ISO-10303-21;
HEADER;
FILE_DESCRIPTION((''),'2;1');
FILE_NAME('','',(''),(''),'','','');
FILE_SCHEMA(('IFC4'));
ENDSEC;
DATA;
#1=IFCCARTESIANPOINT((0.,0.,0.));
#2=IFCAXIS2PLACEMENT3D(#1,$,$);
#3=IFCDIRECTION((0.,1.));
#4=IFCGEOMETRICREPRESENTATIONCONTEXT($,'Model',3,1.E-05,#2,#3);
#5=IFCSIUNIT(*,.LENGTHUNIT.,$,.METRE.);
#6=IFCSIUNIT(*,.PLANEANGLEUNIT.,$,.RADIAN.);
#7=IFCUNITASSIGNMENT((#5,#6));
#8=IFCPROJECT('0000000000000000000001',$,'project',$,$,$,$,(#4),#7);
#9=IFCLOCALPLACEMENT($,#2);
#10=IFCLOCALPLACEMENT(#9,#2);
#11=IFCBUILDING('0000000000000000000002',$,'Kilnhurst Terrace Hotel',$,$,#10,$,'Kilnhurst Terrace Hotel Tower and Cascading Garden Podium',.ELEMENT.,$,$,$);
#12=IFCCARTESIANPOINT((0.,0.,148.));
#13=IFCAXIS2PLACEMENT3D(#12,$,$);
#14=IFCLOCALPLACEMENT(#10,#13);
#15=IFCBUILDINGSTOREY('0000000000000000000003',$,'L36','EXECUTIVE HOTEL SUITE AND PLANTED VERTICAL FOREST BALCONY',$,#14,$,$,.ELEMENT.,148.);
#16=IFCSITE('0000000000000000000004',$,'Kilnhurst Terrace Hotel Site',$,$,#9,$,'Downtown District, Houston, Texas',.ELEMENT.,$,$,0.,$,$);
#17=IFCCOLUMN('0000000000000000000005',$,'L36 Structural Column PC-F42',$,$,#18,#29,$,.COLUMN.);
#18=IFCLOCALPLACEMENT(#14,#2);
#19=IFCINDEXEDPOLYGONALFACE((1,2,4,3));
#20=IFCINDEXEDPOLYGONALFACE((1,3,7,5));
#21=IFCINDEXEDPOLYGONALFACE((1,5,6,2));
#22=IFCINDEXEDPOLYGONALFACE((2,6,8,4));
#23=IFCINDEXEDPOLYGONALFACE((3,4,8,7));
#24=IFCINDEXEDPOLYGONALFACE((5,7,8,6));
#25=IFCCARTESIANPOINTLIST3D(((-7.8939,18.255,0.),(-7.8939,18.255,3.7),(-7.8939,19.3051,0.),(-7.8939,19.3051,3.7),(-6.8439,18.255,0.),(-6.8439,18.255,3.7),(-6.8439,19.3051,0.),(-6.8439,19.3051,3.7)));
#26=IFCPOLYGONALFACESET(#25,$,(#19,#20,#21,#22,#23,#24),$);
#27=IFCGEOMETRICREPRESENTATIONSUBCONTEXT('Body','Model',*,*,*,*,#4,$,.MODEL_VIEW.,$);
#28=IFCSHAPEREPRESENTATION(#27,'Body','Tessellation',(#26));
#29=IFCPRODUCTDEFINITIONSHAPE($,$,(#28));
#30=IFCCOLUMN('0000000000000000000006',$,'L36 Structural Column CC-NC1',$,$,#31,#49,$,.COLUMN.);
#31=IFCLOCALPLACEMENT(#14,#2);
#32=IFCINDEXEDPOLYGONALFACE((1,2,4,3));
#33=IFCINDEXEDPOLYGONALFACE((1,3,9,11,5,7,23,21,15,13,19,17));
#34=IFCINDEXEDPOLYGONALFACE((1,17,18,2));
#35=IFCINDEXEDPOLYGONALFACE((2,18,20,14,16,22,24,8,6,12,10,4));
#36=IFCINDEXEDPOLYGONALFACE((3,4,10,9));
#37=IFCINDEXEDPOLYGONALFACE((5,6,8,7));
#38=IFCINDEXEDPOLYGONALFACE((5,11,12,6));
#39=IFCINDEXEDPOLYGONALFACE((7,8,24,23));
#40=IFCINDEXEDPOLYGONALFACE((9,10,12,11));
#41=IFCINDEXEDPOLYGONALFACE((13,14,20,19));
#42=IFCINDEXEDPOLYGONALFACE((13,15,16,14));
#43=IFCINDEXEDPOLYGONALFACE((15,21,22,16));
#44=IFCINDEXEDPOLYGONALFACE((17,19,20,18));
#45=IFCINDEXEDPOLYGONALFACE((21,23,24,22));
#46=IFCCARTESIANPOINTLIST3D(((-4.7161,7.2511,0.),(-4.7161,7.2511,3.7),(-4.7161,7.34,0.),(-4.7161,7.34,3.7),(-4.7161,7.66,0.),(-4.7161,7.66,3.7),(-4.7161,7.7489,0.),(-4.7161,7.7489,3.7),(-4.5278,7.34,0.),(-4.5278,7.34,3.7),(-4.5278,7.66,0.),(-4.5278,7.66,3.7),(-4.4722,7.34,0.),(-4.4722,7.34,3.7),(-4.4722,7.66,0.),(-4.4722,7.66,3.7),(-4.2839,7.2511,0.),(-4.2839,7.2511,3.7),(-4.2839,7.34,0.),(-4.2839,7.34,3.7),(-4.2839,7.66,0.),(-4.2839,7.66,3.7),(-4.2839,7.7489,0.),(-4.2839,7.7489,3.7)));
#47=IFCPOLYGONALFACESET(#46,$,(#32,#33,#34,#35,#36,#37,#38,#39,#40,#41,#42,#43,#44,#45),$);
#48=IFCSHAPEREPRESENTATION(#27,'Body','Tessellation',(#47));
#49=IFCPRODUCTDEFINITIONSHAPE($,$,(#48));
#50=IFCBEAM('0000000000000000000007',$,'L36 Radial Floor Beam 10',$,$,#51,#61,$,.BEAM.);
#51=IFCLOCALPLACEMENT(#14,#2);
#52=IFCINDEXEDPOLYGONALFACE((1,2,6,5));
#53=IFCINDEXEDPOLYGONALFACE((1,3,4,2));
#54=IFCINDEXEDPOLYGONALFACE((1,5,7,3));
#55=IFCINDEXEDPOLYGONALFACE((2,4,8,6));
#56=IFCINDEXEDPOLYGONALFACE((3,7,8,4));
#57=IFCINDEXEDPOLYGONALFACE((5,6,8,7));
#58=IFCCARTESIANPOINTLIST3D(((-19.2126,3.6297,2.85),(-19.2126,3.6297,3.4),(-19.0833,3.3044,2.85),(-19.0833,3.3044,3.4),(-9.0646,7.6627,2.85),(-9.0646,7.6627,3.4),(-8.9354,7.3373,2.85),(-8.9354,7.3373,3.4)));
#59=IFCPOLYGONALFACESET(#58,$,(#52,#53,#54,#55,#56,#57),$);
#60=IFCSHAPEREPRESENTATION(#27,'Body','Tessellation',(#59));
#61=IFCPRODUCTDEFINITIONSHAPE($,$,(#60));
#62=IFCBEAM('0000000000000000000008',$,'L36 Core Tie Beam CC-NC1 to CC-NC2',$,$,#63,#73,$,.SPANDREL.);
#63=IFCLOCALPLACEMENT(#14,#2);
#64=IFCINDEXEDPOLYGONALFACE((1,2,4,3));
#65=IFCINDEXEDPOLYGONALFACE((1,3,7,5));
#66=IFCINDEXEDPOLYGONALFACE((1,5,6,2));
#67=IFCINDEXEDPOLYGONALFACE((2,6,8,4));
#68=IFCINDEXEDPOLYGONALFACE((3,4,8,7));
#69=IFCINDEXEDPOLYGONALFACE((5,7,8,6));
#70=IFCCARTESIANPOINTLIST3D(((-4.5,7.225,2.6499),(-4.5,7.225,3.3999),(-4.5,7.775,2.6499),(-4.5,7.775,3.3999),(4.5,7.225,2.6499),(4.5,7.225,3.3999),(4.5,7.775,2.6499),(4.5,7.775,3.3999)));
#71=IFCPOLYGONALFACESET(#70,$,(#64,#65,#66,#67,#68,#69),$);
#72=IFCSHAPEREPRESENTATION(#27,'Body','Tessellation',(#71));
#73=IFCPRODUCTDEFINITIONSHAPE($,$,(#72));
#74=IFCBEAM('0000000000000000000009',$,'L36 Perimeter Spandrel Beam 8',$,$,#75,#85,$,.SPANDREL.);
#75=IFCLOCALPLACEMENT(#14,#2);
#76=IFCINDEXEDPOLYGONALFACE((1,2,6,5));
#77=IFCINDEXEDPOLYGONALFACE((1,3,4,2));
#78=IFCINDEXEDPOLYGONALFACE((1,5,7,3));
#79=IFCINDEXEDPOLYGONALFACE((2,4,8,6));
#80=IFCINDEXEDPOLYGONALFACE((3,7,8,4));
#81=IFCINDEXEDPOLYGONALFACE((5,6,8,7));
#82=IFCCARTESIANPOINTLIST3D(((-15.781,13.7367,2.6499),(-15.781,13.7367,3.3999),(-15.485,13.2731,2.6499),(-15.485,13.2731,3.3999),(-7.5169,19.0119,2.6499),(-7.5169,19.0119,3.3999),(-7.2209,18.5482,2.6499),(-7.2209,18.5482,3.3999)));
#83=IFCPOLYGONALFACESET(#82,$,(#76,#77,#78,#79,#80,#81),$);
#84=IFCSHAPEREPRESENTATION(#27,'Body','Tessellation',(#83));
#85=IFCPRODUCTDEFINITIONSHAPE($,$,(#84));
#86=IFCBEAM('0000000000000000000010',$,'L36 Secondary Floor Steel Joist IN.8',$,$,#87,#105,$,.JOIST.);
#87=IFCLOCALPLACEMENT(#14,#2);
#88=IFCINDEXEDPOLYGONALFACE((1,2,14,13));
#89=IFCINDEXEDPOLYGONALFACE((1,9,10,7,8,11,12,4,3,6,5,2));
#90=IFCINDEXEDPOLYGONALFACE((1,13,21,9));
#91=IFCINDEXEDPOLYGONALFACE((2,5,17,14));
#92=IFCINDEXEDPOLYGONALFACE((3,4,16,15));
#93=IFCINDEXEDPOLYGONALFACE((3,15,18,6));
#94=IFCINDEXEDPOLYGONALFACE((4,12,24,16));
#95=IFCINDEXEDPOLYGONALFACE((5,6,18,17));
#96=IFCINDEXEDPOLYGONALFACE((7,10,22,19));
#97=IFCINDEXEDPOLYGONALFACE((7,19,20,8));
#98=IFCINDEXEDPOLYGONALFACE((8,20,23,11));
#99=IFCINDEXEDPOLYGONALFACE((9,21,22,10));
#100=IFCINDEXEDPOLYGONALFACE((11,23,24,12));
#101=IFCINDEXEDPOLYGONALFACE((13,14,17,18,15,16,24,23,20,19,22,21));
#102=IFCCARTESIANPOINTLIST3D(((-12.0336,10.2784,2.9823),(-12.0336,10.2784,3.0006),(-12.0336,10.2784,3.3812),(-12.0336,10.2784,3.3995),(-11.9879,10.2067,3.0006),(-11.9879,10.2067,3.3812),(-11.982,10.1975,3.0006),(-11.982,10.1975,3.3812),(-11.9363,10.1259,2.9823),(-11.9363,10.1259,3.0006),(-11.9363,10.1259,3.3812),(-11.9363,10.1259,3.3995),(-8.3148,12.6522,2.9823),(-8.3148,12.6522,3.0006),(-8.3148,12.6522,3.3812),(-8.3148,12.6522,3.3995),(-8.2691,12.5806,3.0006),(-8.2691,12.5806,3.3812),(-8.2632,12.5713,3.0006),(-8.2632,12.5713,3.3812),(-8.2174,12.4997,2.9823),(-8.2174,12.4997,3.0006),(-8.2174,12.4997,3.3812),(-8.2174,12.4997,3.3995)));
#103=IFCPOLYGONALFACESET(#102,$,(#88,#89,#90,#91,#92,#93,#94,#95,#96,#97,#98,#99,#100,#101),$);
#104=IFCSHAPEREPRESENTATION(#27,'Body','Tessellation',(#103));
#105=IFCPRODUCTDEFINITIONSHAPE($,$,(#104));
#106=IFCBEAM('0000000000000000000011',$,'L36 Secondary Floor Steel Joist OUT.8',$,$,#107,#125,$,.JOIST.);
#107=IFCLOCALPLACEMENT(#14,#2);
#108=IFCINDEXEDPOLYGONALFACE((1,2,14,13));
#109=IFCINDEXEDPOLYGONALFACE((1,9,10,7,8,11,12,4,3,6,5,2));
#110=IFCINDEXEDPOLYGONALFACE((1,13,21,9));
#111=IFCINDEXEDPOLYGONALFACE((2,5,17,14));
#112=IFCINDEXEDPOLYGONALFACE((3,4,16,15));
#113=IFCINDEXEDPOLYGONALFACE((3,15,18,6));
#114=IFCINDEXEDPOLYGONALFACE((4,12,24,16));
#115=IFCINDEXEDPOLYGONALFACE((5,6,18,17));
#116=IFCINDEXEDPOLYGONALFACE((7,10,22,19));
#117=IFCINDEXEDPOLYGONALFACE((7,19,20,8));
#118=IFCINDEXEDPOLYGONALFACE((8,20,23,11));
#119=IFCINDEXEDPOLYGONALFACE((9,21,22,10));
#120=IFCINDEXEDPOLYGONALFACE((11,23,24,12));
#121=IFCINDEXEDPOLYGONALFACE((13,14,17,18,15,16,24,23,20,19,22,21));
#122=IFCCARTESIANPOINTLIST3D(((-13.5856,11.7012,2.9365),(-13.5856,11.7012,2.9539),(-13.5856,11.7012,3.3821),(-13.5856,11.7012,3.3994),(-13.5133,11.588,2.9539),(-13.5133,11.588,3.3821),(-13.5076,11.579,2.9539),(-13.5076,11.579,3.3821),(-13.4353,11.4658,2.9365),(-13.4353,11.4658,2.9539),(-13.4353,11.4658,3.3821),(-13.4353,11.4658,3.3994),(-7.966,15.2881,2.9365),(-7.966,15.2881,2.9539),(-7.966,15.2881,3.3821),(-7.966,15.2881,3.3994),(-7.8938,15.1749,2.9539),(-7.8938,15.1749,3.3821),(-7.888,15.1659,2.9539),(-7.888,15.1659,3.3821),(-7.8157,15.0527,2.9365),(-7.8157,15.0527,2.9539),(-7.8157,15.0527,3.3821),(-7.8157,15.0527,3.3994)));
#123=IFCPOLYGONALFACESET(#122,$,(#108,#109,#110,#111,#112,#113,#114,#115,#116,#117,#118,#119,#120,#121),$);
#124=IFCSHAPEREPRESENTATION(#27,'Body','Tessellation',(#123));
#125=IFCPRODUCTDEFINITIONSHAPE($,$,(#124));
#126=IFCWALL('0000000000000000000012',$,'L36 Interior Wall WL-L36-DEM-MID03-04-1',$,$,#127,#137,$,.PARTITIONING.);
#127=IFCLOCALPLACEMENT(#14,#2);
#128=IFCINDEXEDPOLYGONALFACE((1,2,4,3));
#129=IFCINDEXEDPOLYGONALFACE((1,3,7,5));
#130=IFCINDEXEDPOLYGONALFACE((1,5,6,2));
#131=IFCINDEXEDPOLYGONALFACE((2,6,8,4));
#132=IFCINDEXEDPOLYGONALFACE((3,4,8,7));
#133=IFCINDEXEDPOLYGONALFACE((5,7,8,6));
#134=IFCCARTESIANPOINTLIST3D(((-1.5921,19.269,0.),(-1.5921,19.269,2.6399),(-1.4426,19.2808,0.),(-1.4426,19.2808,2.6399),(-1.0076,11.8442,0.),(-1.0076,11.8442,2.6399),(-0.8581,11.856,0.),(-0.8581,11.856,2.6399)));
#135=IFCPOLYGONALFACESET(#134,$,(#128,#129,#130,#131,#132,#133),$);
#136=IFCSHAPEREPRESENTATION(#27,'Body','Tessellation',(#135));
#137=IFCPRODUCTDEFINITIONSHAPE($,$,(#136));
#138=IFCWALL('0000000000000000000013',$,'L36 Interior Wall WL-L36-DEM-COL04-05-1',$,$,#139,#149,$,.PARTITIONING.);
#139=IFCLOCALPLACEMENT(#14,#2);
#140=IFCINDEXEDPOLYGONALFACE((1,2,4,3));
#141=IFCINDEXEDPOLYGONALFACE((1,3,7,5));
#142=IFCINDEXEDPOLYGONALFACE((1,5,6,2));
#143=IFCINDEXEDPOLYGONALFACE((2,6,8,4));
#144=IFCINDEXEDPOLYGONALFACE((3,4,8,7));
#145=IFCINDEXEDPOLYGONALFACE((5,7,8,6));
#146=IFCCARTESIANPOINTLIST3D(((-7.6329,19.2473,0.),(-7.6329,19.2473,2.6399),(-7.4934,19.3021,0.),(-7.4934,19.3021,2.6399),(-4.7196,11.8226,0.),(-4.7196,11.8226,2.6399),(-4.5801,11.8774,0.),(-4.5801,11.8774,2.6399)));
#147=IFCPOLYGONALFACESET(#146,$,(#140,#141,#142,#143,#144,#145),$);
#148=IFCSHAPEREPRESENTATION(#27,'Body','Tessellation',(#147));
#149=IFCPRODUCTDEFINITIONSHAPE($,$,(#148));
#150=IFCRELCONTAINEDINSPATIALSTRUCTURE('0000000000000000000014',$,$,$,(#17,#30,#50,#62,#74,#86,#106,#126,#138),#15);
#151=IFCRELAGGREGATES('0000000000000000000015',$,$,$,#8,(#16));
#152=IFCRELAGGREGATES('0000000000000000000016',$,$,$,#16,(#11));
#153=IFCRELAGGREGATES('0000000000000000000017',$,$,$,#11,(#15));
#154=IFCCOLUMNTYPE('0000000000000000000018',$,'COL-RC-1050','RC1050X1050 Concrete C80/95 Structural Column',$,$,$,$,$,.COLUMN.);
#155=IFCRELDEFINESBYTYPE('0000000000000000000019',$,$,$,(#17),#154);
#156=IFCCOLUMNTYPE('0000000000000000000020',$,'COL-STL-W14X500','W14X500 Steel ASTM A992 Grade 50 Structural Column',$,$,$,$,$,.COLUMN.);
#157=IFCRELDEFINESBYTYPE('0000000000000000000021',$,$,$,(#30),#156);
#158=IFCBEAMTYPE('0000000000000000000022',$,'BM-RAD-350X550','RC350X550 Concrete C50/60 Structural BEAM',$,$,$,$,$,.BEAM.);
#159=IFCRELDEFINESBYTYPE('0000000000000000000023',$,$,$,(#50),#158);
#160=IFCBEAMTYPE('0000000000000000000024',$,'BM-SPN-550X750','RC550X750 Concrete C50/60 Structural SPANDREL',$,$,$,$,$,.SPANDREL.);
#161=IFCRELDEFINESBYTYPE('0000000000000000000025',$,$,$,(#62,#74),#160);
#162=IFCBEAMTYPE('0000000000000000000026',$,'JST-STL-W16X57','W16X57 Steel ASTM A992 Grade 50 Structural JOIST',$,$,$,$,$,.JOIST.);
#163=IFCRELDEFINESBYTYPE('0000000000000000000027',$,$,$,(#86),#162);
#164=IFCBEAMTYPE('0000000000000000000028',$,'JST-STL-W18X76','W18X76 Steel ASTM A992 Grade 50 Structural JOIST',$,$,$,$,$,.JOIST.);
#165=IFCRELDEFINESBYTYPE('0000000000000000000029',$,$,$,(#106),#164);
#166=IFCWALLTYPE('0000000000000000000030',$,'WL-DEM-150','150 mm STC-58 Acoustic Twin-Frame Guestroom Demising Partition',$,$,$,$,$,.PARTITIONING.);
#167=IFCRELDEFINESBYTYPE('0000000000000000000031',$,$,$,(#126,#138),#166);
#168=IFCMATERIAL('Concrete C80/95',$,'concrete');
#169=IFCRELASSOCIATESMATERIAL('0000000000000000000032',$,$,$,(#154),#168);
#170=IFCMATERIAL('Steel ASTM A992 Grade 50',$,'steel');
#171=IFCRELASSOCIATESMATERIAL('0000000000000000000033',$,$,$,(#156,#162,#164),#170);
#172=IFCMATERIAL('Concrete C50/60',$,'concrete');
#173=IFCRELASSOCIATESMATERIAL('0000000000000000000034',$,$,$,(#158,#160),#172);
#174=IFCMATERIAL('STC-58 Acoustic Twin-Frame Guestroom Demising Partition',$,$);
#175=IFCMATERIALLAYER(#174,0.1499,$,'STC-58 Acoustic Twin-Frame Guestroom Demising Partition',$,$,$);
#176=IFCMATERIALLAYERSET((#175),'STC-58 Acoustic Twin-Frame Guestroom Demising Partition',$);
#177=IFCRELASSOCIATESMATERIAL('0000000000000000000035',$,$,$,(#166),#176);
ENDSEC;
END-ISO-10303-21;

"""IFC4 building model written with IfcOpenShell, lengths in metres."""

from ifc_helpers import new_model, si_unit, direction, frame, frame_2d, origin, origin_2d, place, context, subcontext, project, spatial, rectangle, i_section, extrude, material, layer, layer_set, material_profile, profile_set, type_object, element, save


model = new_model("IFC4")

# Units and contexts
model_context = context("Model", 3, precision=1e-05, world=origin(), true_north=direction((0.0, 1.0)))
body_context = subcontext(model_context, "Body", "Model", "MODEL_VIEW")
ifc_project = project(units=[si_unit("LENGTHUNIT", "METRE"), si_unit("PLANEANGLEUNIT", "RADIAN")], contexts=[model_context])

# Site, building, storey
site_placement = place(None, origin())
site = spatial("IfcSite", under=ifc_project, at=site_placement, Name="Kilnhurst Terrace Hotel Site", LongName="Downtown District, Houston, Texas", CompositionType="ELEMENT", RefElevation=0.0)
building_placement = place(site_placement, origin())
building = spatial("IfcBuilding", under=site, at=building_placement, Name="Kilnhurst Terrace Hotel", LongName="Kilnhurst Terrace Hotel Tower and Cascading Garden Podium", CompositionType="ELEMENT")
storey_placement = place(building_placement, frame((0.0, 0.0, 148.0)))
storey = spatial("IfcBuildingStorey", under=building, at=storey_placement, Name="L36", Description="EXECUTIVE HOTEL SUITE AND PLANTED VERTICAL FOREST BALCONY", CompositionType="ELEMENT", Elevation=148.0)

# Columns
ifc_material_1 = material(Name="Concrete C80/95", Category="concrete")
ifc_material_profile_1 = material_profile(ifc_material_1, rectangle(XDim=1.05, YDim=1.05, at=origin_2d()), Name="RC1050X1050")
ifc_profile_set_1 = profile_set([ifc_material_profile_1], Name="Concrete C80/95")
column_type_1 = type_object("IfcColumnType", Name="COL-RC-1050", Description="RC1050X1050 Concrete C80/95 Structural Column", PredefinedType="COLUMN", material=ifc_profile_set_1)
column_1_placement = place(storey_placement, frame((-7.3689, 18.78, 0.0), z_axis=(0.0, 0.0, 1.0), x_axis=(1.0, 0.0, 0.0)))
element("IfcColumn", 1, at=column_1_placement, inside=storey, type_object=column_type_1, Name="L36 Structural Column PC-F42", PredefinedType="COLUMN", context=body_context, shape_type="SweptSolid", body=[
    extrude(rectangle(XDim=1.05, YDim=1.05, at=origin_2d()), origin(), (0.0, 0.0, 1.0), 3.7),
])
ifc_material_2 = material(Name="Steel ASTM A992 Grade 50", Category="steel")
ifc_material_profile_2 = material_profile(ifc_material_2, i_section(OverallWidth=0.4321, OverallDepth=0.4978, WebThickness=0.0557, FlangeThickness=0.0889, at=origin_2d()), Name="W14X500")
ifc_profile_set_2 = profile_set([ifc_material_profile_2], Name="Steel ASTM A992 Grade 50")
column_type_2 = type_object("IfcColumnType", Name="COL-STL-W14X500", Description="W14X500 Steel ASTM A992 Grade 50 Structural Column", PredefinedType="COLUMN", material=ifc_profile_set_2)
column_2_placement = place(storey_placement, frame((-4.5, 7.5, 0.0), z_axis=(0.0, 0.0, 1.0), x_axis=(1.0, 0.0, 0.0)))
element("IfcColumn", 2, at=column_2_placement, inside=storey, type_object=column_type_2, Name="L36 Structural Column CC-NC1", PredefinedType="COLUMN", context=body_context, shape_type="SweptSolid", body=[
    extrude(i_section(OverallWidth=0.4321, OverallDepth=0.4978, WebThickness=0.0557, FlangeThickness=0.0889, at=origin_2d()), origin(), (0.0, 0.0, 1.0), 3.7),
])

# Beams
ifc_material_3 = material(Name="Concrete C50/60", Category="concrete")
ifc_material_profile_3 = material_profile(ifc_material_3, rectangle(XDim=0.3501, YDim=0.55, at=origin_2d()), Name="RC350X550")
ifc_profile_set_3 = profile_set([ifc_material_profile_3], Name="Concrete C50/60")
beam_type_1 = type_object("IfcBeamType", Name="BM-RAD-350X550", Description="RC350X550 Concrete C50/60 Structural BEAM", PredefinedType="BEAM", material=ifc_profile_set_3)
beam_1_placement = place(storey_placement, frame((-9.0, 7.5, 3.125), z_axis=(-0.929302, -0.36932, 0.0), x_axis=(0.36932, -0.929302, 0.0)))
element("IfcBeam", 3, at=beam_1_placement, inside=storey, type_object=beam_type_1, Name="L36 Radial Floor Beam 10", PredefinedType="BEAM", context=body_context, shape_type="SweptSolid", body=[
    extrude(rectangle(XDim=0.3501, YDim=0.55, at=origin_2d()), origin(), (0.0, 0.0, 1.0), 10.9199),
])
ifc_material_profile_4 = material_profile(ifc_material_3, rectangle(XDim=0.55, YDim=0.75, at=origin_2d()), Name="RC550X750")
ifc_profile_set_4 = profile_set([ifc_material_profile_4], Name="Concrete C50/60")
beam_type_2 = type_object("IfcBeamType", Name="BM-SPN-550X750", Description="RC550X750 Concrete C50/60 Structural SPANDREL", PredefinedType="SPANDREL", material=ifc_profile_set_4)
beam_2_placement = place(storey_placement, frame((-4.5, 7.5, 3.0249), z_axis=(1.0, 0.0, 0.0), x_axis=(0.0, 1.0, 0.0)))
element("IfcBeam", 4, at=beam_2_placement, inside=storey, type_object=beam_type_2, Name="L36 Core Tie Beam CC-NC1 to CC-NC2", PredefinedType="SPANDREL", context=body_context, shape_type="SweptSolid", body=[
    extrude(rectangle(XDim=0.55, YDim=0.75, at=origin_2d()), origin(), (0.0, 0.0, 1.0), 9.0),
])
beam_3_placement = place(storey_placement, frame((-7.3689, 18.78, 3.0249), z_axis=(-0.842915, -0.538046, 0.0), x_axis=(0.538046, -0.842915, 0.0)))
element("IfcBeam", 5, at=beam_3_placement, inside=storey, type_object=beam_type_2, Name="L36 Perimeter Spandrel Beam 8", PredefinedType="SPANDREL", context=body_context, shape_type="SweptSolid", body=[
    extrude(rectangle(XDim=0.55, YDim=0.75, at=origin_2d()), origin(), (0.0, 0.0, 1.0), 9.8042),
])
ifc_material_profile_5 = material_profile(ifc_material_2, i_section(OverallWidth=0.1809, OverallDepth=0.4172, WebThickness=0.011, FlangeThickness=0.0183, at=origin_2d()), Name="W16X57")
ifc_profile_set_5 = profile_set([ifc_material_profile_5], Name="Steel ASTM A992 Grade 50")
beam_type_3 = type_object("IfcBeamType", Name="JST-STL-W16X57", Description="W16X57 Steel ASTM A992 Grade 50 Structural JOIST", PredefinedType="JOIST", material=ifc_profile_set_5)
beam_4_placement = place(storey_placement, frame((-8.2661, 12.5759, 3.1909), z_axis=(-0.842911, -0.538053, 0.0), x_axis=(0.538053, -0.842911, 0.0)))
element("IfcBeam", 6, at=beam_4_placement, inside=storey, type_object=beam_type_3, Name="L36 Secondary Floor Steel Joist IN.8", PredefinedType="JOIST", context=body_context, shape_type="SweptSolid", body=[
    extrude(i_section(OverallWidth=0.1809, OverallDepth=0.4172, WebThickness=0.011, FlangeThickness=0.0183, at=origin_2d()), origin(), (0.0, 0.0, 1.0), 4.4119),
])
ifc_material_profile_6 = material_profile(ifc_material_2, i_section(OverallWidth=0.2793, OverallDepth=0.4629, WebThickness=0.0107, FlangeThickness=0.0173, at=origin_2d()), Name="W18X76")
ifc_profile_set_6 = profile_set([ifc_material_profile_6], Name="Steel ASTM A992 Grade 50")
beam_type_4 = type_object("IfcBeamType", Name="JST-STL-W18X76", Description="W18X76 Steel ASTM A992 Grade 50 Structural JOIST", PredefinedType="JOIST", material=ifc_profile_set_6)
beam_5_placement = place(storey_placement, frame((-7.8909, 15.1704, 3.168), z_axis=(-0.842928, -0.538027, 0.0), x_axis=(0.538027, -0.842928, 0.0)))
element("IfcBeam", 7, at=beam_5_placement, inside=storey, type_object=beam_type_4, Name="L36 Secondary Floor Steel Joist OUT.8", PredefinedType="JOIST", context=body_context, shape_type="SweptSolid", body=[
    extrude(i_section(OverallWidth=0.2793, OverallDepth=0.4629, WebThickness=0.0107, FlangeThickness=0.0173, at=origin_2d()), origin(), (0.0, 0.0, 1.0), 6.6667),
])

# Walls
ifc_material_4 = material(Name="STC-58 Acoustic Twin-Frame Guestroom Demising Partition")
ifc_layer_1 = layer(ifc_material_4, 0.1499, Name="STC-58 Acoustic Twin-Frame Guestroom Demising Partition")
ifc_layer_set_1 = layer_set([ifc_layer_1], Name="STC-58 Acoustic Twin-Frame Guestroom Demising Partition")
wall_type_1 = type_object("IfcWallType", Name="WL-DEM-150", Description="150 mm STC-58 Acoustic Twin-Frame Guestroom Demising Partition", PredefinedType="PARTITIONING", material=ifc_layer_set_1)
wall_1_placement = place(storey_placement, frame((-0.9329, 11.8501, 0.0), z_axis=(0.0, 0.0, 1.0), x_axis=(-0.078476, 0.996916, 0.0)))
element("IfcWall", 8, at=wall_1_placement, inside=storey, type_object=wall_type_1, Name="L36 Interior Wall WL-L36-DEM-MID03-04-1", PredefinedType="PARTITIONING", context=body_context, shape_type="SweptSolid", body=[
    extrude(rectangle(XDim=7.4478, YDim=0.1499, at=frame_2d((3.7239, 0.0))), origin(), (0.0, 0.0, 1.0), 2.6399),
])
wall_2_placement = place(storey_placement, frame((-4.6499, 11.8501, 0.0), z_axis=(0.0, 0.0, 1.0), x_axis=(-0.365266, 0.930903, 0.0)))
element("IfcWall", 9, at=wall_2_placement, inside=storey, type_object=wall_type_1, Name="L36 Interior Wall WL-L36-DEM-COL04-05-1", PredefinedType="PARTITIONING", context=body_context, shape_type="SweptSolid", body=[
    extrude(rectangle(XDim=7.9758, YDim=0.1499, at=frame_2d((3.9878, 0.0))), origin(), (0.0, 0.0, 1.0), 2.6399),
])

save(model, "model.ifc")
